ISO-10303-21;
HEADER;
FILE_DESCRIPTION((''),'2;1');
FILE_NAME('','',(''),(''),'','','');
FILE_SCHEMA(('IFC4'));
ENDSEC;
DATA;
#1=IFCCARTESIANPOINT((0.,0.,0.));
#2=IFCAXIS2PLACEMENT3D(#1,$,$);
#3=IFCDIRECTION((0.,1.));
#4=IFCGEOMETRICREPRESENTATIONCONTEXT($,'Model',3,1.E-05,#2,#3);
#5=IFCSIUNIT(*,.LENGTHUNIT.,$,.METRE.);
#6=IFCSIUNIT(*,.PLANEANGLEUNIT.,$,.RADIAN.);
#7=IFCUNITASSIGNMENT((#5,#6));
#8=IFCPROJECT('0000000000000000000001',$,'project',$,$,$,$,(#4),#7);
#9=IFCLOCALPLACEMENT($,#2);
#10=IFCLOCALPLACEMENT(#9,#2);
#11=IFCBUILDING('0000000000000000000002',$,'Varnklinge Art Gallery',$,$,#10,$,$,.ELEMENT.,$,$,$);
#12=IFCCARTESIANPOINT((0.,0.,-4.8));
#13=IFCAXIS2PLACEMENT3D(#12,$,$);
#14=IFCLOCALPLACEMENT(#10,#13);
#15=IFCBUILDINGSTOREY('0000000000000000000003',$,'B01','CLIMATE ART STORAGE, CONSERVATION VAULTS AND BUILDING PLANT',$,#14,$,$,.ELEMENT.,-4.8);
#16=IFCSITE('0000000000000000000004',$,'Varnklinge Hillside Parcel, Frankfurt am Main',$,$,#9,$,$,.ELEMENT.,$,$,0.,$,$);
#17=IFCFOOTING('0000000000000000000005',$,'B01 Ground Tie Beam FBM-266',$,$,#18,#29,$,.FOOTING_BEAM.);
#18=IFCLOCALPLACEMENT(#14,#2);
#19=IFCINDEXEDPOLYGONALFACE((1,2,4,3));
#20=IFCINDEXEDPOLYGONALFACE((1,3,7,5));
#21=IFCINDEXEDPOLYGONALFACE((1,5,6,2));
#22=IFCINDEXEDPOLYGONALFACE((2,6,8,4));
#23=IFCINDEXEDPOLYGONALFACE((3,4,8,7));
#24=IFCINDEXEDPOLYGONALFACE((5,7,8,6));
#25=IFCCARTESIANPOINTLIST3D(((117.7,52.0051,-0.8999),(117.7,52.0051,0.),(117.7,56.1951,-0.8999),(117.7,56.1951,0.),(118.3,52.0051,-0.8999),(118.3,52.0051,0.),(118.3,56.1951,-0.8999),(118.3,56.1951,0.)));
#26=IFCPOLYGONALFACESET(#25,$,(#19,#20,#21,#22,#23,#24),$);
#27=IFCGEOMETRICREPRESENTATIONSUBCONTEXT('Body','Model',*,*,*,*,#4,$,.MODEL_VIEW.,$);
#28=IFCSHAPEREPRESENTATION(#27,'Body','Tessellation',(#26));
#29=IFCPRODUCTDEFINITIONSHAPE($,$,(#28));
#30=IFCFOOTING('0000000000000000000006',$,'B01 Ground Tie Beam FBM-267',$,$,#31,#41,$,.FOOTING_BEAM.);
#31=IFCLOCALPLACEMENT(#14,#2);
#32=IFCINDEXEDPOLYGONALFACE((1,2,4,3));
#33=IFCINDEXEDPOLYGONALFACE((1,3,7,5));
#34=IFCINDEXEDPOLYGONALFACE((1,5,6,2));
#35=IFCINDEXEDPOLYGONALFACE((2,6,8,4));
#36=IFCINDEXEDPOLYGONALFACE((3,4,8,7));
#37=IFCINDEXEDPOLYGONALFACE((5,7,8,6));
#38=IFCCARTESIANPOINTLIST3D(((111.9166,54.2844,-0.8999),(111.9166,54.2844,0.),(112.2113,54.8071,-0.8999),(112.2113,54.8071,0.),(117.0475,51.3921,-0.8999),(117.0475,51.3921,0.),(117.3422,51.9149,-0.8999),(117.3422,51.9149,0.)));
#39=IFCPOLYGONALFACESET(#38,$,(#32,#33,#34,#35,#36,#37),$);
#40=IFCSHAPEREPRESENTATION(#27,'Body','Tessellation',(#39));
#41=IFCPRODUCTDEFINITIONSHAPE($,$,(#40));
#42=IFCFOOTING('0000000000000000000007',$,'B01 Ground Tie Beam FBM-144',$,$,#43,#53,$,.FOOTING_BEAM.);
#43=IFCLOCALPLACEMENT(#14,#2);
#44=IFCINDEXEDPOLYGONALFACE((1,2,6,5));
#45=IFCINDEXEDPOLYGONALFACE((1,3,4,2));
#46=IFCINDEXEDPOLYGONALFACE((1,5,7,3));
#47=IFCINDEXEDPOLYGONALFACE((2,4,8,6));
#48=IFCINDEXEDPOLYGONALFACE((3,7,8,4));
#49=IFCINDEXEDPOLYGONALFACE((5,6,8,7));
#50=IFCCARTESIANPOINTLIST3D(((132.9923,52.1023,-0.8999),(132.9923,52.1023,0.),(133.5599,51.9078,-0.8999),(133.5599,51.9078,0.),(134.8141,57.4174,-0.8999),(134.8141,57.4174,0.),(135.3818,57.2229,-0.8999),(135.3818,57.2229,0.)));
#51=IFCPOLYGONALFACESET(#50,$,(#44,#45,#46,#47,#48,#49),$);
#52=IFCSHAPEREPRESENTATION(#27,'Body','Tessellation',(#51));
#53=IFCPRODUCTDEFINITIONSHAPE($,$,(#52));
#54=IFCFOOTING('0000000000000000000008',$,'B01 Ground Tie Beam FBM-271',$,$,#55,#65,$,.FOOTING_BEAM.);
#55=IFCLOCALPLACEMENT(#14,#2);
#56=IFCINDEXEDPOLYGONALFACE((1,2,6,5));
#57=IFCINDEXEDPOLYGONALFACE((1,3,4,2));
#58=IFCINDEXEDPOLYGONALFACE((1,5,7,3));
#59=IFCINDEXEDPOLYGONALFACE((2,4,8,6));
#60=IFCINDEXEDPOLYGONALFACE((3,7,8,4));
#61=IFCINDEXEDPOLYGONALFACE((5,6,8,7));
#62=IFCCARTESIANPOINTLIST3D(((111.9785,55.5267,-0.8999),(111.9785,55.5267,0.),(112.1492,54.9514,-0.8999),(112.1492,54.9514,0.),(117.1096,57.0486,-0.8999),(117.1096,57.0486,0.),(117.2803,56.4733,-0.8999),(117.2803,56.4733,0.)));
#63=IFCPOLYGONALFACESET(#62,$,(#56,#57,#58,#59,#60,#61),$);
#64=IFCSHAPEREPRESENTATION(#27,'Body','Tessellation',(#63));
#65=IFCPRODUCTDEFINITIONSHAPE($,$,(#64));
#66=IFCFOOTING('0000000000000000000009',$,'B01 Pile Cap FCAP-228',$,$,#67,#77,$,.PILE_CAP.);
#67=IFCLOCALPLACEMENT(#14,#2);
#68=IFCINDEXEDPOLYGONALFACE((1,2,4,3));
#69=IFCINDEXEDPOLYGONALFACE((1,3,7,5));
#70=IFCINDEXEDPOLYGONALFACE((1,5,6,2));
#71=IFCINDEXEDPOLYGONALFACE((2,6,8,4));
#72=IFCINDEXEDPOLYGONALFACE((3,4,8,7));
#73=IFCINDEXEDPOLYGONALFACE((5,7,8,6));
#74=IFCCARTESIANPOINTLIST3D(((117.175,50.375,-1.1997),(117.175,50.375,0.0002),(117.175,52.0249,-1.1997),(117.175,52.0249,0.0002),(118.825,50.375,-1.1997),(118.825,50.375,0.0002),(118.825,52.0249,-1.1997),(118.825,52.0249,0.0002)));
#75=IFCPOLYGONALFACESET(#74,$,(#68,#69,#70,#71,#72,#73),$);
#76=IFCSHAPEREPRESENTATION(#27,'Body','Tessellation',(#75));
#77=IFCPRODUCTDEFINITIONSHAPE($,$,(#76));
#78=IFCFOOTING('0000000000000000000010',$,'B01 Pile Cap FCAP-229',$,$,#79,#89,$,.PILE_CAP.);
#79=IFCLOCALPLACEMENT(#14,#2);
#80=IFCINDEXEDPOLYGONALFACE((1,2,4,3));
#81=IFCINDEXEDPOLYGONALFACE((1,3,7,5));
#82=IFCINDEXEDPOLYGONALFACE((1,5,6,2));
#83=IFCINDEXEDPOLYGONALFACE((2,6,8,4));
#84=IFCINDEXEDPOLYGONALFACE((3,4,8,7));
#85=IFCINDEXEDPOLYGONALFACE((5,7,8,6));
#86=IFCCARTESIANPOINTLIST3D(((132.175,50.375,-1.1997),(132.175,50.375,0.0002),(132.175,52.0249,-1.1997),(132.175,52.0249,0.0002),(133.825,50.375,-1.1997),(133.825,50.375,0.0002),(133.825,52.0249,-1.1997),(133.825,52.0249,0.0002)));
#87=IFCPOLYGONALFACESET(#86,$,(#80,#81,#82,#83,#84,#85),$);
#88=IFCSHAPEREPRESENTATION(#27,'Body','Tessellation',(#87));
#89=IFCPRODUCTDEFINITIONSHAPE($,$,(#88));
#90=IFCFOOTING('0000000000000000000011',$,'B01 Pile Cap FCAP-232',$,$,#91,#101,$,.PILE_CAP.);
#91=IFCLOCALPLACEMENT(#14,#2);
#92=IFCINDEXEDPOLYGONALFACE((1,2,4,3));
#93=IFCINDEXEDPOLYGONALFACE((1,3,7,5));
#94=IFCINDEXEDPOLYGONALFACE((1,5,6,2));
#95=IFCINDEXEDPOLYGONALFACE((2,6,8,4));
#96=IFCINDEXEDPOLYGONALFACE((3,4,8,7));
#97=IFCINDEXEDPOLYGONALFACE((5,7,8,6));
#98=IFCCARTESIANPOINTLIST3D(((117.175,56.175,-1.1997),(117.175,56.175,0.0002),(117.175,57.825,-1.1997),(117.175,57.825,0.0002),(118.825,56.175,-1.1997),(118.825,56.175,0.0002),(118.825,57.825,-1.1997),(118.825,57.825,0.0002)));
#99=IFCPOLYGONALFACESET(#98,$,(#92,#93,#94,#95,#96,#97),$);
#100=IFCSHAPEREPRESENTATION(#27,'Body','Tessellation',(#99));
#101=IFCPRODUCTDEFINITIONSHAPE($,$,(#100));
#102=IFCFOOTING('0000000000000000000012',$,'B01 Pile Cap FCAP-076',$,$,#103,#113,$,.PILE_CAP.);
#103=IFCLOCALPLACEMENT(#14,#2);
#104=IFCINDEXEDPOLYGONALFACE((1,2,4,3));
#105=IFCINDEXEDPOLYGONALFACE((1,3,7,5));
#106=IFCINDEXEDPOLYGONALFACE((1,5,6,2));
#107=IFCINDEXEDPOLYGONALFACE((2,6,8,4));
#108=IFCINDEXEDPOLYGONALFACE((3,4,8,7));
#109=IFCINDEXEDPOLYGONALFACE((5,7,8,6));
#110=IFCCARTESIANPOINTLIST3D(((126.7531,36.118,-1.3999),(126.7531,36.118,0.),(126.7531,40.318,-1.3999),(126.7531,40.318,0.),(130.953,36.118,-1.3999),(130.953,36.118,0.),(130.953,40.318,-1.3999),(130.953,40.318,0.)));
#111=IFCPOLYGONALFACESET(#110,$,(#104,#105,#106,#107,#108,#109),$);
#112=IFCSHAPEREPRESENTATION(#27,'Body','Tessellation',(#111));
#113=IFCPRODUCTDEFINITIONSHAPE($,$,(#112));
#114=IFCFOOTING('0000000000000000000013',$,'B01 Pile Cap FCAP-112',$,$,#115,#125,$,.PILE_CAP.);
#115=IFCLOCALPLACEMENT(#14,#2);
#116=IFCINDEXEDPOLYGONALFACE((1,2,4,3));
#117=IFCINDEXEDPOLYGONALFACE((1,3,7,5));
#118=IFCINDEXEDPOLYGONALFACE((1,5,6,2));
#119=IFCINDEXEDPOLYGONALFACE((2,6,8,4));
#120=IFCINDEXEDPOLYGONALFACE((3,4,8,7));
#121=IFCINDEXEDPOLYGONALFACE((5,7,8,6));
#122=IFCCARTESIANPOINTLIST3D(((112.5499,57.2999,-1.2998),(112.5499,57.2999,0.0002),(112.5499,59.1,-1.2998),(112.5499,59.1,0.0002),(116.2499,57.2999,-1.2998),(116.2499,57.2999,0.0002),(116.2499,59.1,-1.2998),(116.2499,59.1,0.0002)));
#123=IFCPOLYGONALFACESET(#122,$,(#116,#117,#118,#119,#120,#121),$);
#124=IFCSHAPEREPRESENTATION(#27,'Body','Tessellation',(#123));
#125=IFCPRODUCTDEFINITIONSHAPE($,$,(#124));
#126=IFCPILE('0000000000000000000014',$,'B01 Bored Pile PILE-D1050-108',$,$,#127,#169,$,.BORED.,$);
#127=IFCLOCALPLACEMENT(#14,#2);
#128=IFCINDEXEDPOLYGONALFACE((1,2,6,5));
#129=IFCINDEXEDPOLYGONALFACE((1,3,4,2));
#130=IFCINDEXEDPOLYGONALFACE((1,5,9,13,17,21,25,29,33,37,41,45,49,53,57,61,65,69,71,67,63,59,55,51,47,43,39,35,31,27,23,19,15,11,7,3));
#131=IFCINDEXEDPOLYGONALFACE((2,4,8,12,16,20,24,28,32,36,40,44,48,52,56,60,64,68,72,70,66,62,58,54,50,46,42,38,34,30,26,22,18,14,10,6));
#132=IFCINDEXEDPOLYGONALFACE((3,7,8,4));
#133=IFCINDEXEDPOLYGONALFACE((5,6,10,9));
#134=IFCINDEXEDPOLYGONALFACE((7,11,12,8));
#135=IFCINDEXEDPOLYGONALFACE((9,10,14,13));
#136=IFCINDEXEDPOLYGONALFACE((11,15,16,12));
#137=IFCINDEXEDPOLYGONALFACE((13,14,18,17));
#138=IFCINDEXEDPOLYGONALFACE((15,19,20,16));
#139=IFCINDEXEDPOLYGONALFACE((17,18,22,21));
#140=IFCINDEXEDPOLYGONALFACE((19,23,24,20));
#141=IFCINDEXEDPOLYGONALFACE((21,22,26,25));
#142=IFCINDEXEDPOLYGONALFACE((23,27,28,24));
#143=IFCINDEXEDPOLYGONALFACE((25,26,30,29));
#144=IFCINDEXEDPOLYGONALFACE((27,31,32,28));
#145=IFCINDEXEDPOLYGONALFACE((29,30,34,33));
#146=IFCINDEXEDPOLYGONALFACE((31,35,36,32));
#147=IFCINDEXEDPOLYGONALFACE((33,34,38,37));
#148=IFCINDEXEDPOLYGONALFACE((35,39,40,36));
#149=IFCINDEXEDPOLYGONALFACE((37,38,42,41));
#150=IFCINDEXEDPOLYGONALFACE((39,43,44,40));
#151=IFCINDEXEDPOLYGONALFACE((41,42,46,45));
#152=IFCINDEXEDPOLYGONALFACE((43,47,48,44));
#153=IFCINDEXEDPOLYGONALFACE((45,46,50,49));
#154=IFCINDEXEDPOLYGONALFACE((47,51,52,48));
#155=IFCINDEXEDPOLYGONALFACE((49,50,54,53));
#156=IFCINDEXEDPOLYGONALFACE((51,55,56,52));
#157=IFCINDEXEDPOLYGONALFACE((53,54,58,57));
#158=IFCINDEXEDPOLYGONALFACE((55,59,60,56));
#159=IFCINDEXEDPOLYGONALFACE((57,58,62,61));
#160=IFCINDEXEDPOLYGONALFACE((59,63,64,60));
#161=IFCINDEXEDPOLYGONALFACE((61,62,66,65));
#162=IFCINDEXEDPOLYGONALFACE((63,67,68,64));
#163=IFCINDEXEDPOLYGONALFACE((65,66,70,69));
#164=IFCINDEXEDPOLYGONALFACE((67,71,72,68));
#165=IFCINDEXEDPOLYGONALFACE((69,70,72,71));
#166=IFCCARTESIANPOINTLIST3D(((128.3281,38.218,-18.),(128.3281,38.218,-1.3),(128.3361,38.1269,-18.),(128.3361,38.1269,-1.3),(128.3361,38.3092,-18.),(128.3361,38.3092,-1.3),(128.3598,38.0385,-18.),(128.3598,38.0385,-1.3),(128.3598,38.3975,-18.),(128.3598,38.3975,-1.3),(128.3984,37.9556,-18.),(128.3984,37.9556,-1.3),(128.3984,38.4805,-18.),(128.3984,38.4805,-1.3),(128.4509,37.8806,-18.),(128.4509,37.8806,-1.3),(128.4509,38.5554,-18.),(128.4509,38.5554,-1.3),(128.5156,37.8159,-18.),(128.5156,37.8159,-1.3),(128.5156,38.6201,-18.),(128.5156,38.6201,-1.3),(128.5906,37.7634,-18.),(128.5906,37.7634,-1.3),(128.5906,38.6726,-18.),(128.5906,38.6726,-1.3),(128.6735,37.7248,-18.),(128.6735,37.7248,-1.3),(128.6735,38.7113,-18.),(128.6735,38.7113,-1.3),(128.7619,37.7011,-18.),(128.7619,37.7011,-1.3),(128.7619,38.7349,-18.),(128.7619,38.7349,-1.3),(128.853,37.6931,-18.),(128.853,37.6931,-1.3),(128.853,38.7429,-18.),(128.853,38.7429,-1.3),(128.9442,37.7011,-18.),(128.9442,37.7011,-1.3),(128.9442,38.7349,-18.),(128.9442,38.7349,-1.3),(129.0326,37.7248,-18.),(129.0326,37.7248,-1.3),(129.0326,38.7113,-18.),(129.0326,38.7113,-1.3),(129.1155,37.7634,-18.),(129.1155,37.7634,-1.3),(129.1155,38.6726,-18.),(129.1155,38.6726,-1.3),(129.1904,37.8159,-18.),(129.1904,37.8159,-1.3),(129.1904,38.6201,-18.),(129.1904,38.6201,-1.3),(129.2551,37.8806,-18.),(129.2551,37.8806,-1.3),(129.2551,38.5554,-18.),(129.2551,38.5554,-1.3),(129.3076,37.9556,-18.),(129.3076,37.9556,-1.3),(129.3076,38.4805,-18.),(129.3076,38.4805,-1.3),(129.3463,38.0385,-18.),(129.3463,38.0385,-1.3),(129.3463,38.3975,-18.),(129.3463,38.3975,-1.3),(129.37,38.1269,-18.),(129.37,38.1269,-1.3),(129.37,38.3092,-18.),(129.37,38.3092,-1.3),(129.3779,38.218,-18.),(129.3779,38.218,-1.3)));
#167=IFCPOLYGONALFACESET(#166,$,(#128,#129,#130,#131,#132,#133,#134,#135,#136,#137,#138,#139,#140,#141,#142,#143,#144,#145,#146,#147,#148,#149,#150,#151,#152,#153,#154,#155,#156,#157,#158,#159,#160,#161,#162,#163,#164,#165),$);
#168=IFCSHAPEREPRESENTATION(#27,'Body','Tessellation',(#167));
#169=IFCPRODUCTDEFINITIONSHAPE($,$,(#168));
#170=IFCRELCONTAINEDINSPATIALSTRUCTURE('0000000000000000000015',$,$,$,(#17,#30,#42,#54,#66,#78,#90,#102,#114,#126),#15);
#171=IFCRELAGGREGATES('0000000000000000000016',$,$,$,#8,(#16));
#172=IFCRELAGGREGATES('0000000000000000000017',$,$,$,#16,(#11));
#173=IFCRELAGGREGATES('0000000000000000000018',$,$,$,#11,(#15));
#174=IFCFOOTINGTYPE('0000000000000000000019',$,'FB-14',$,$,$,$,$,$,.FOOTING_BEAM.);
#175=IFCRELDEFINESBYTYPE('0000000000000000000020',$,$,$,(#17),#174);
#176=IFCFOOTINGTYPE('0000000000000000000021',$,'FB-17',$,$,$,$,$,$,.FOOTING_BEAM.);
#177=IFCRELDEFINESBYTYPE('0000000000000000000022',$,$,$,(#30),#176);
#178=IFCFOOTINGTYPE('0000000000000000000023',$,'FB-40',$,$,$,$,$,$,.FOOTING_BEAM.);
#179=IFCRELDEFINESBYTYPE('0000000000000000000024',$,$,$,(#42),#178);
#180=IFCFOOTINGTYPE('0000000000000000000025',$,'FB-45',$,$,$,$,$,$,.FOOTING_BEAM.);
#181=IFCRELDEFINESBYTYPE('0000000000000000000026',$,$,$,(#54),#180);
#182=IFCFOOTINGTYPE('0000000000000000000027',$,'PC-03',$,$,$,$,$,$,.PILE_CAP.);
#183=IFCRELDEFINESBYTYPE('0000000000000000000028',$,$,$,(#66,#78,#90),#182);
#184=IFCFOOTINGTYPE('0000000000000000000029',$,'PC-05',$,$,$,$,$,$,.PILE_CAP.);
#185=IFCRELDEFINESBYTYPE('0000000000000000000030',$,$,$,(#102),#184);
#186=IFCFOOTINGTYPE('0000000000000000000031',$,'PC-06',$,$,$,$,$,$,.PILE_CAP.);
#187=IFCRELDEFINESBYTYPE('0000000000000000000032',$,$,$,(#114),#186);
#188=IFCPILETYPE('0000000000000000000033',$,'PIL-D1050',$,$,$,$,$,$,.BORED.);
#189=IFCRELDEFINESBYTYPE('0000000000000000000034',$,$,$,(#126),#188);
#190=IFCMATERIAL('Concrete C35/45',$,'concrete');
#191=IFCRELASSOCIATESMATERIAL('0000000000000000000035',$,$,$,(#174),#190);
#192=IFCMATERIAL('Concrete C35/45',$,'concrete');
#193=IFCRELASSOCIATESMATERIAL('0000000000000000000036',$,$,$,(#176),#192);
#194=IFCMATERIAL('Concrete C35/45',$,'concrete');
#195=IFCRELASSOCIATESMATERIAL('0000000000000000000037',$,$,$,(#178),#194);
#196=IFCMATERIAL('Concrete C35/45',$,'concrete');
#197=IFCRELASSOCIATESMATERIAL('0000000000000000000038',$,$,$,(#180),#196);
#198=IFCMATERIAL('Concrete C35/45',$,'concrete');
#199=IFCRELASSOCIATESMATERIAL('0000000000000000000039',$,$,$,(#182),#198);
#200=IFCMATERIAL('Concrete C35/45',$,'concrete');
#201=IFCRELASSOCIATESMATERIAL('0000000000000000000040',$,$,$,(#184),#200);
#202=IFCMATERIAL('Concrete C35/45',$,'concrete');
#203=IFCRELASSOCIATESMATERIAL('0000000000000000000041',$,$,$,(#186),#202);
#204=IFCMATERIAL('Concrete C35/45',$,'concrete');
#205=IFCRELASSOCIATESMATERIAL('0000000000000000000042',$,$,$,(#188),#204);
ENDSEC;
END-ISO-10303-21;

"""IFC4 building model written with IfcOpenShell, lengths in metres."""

from ifc_helpers import new_model, si_unit, direction, frame, origin, origin_2d, place, context, subcontext, project, spatial, rectangle, circle, extrude, material, material_profile, profile_set, type_object, element, save


model = new_model("IFC4")

# Units and contexts
model_context = context("Model", 3, precision=1e-05, world=origin(), true_north=direction((0.0, 1.0)))
body_context = subcontext(model_context, "Body", "Model", "MODEL_VIEW")
ifc_project = project(units=[si_unit("LENGTHUNIT", "METRE"), si_unit("PLANEANGLEUNIT", "RADIAN")], contexts=[model_context])

# Site, building, storey
site_placement = place(None, origin())
site = spatial("IfcSite", under=ifc_project, at=site_placement, Name="Varnklinge Hillside Parcel, Frankfurt am Main", CompositionType="ELEMENT", RefElevation=0.0)
building_placement = place(site_placement, origin())
building = spatial("IfcBuilding", under=site, at=building_placement, Name="Varnklinge Art Gallery", CompositionType="ELEMENT")
storey_placement = place(building_placement, frame((0.0, 0.0, -4.8)))
storey = spatial("IfcBuildingStorey", under=building, at=storey_placement, Name="B01", Description="CLIMATE ART STORAGE, CONSERVATION VAULTS AND BUILDING PLANT", CompositionType="ELEMENT", Elevation=-4.8)

# Footings
ifc_material_1 = material(Name="Concrete C35/45", Category="concrete")
footing_type_1 = type_object("IfcFootingType", Name="FB-14", PredefinedType="FOOTING_BEAM", material=ifc_material_1)
footing_1_placement = place(storey_placement, frame((118.0, 54.1001, -0.8999), z_axis=(0.0, 0.0, 1.0), x_axis=(0.0, 1.0, 0.0)))
element("IfcFooting", 1, at=footing_1_placement, inside=storey, type_object=footing_type_1, Name="B01 Ground Tie Beam FBM-266", PredefinedType="FOOTING_BEAM", context=body_context, shape_type="SweptSolid", body=[
    extrude(rectangle(XDim=4.1899, YDim=0.6001, at=origin_2d()), origin(), (0.0, 0.0, 1.0), 0.8999),
])
ifc_material_2 = material(Name="Concrete C35/45", Category="concrete")
footing_type_2 = type_object("IfcFootingType", Name="FB-17", PredefinedType="FOOTING_BEAM", material=ifc_material_2)
footing_2_placement = place(storey_placement, frame((114.6294, 53.0996, -0.8999), z_axis=(0.0, 0.0, 1.0), x_axis=(-0.871128, 0.491056, 0.0)))
element("IfcFooting", 2, at=footing_2_placement, inside=storey, type_object=footing_type_2, Name="B01 Ground Tie Beam FBM-267", PredefinedType="FOOTING_BEAM", context=body_context, shape_type="SweptSolid", body=[
    extrude(rectangle(XDim=5.8899, YDim=0.6001, at=origin_2d()), origin(), (0.0, 0.0, 1.0), 0.8999),
])
ifc_material_3 = material(Name="Concrete C35/45", Category="concrete")
footing_type_3 = type_object("IfcFootingType", Name="FB-40", PredefinedType="FOOTING_BEAM", material=ifc_material_3)
footing_3_placement = place(storey_placement, frame((134.187, 54.6626, -0.8999), z_axis=(0.0, 0.0, 1.0), x_axis=(-0.324248, -0.945972, 0.0)))
element("IfcFooting", 3, at=footing_3_placement, inside=storey, type_object=footing_type_3, Name="B01 Ground Tie Beam FBM-144", PredefinedType="FOOTING_BEAM", context=body_context, shape_type="SweptSolid", body=[
    extrude(rectangle(XDim=5.6187, YDim=0.6001, at=origin_2d()), origin(), (0.0, 0.0, 1.0), 0.8999),
])
ifc_material_4 = material(Name="Concrete C35/45", Category="concrete")
footing_type_4 = type_object("IfcFootingType", Name="FB-45", PredefinedType="FOOTING_BEAM", material=ifc_material_4)
footing_4_placement = place(storey_placement, frame((114.6294, 56.0, -0.8999), z_axis=(0.0, 0.0, 1.0), x_axis=(-0.958721, -0.28435, 0.0)))
element("IfcFooting", 4, at=footing_4_placement, inside=storey, type_object=footing_type_4, Name="B01 Ground Tie Beam FBM-271", PredefinedType="FOOTING_BEAM", context=body_context, shape_type="SweptSolid", body=[
    extrude(rectangle(XDim=5.3521, YDim=0.6001, at=origin_2d()), origin(), (0.0, 0.0, 1.0), 0.8999),
])
ifc_material_5 = material(Name="Concrete C35/45", Category="concrete")
footing_type_5 = type_object("IfcFootingType", Name="PC-03", PredefinedType="PILE_CAP", material=ifc_material_5)
for number, where, z_axis, x_axis, name in (
    (5, (118.0, 51.2, -1.1997), (0.0, 0.0, 1.0), (1.0, 0.0, 0.0), "B01 Pile Cap FCAP-228"),
    (6, (133.0, 51.2, -1.1997), (0.0, 0.0, 1.0), (1.0, 0.0, 0.0), "B01 Pile Cap FCAP-229"),
    (7, (118.0, 57.0, -1.1997), (0.0, 0.0, 1.0), (1.0, 0.0, 0.0), "B01 Pile Cap FCAP-232"),
):
    element("IfcFooting", number, at=place(storey_placement, frame(where, z_axis=z_axis, x_axis=x_axis)), inside=storey, type_object=footing_type_5, Name=name, PredefinedType="PILE_CAP", context=body_context, shape_type="SweptSolid", body=[
        extrude(rectangle(XDim=1.6499, YDim=1.6499, at=origin_2d()), origin(), (0.0, 0.0, 1.0), 1.2),
    ])
ifc_material_6 = material(Name="Concrete C35/45", Category="concrete")
footing_type_6 = type_object("IfcFootingType", Name="PC-05", PredefinedType="PILE_CAP", material=ifc_material_6)
footing_5_placement = place(storey_placement, frame((128.853, 38.218, -1.3999), z_axis=(0.0, 0.0, 1.0), x_axis=(1.0, 0.0, 0.0)))
element("IfcFooting", 8, at=footing_5_placement, inside=storey, type_object=footing_type_6, Name="B01 Pile Cap FCAP-076", PredefinedType="PILE_CAP", context=body_context, shape_type="SweptSolid", body=[
    extrude(rectangle(XDim=4.2, YDim=4.2, at=origin_2d()), origin(), (0.0, 0.0, 1.0), 1.3999),
])
ifc_material_7 = material(Name="Concrete C35/45", Category="concrete")
footing_type_7 = type_object("IfcFootingType", Name="PC-06", PredefinedType="PILE_CAP", material=ifc_material_7)
footing_6_placement = place(storey_placement, frame((114.3999, 58.2, -1.2998), z_axis=(0.0, 0.0, 1.0), x_axis=(1.0, 0.0, 0.0)))
element("IfcFooting", 9, at=footing_6_placement, inside=storey, type_object=footing_type_7, Name="B01 Pile Cap FCAP-112", PredefinedType="PILE_CAP", context=body_context, shape_type="SweptSolid", body=[
    extrude(rectangle(XDim=3.7, YDim=1.8, at=origin_2d()), origin(), (0.0, 0.0, 1.0), 1.3),
])

# Pile
ifc_material_8 = material(Name="Concrete C35/45", Category="concrete")
ifc_material_profile_1 = material_profile(ifc_material_8, circle(Radius=0.5249, at=origin_2d()), Name="PILE D1050")
ifc_profile_set_1 = profile_set([ifc_material_profile_1], Name="Concrete C35/45")
pile_type_1 = type_object("IfcPileType", Name="PIL-D1050", PredefinedType="BORED", material=ifc_profile_set_1)
pile_1_placement = place(storey_placement, frame((128.853, 38.218, -1.3), z_axis=(0.0, 0.0, -1.0), x_axis=(1.0, 0.0, 0.0)))
element("IfcPile", 10, at=pile_1_placement, inside=storey, type_object=pile_type_1, Name="B01 Bored Pile PILE-D1050-108", PredefinedType="BORED", context=body_context, shape_type="SweptSolid", body=[
    extrude(circle(Radius=0.5249, at=origin_2d()), origin(), (0.0, 0.0, 1.0), 16.7),
])

save(model, "model.ifc")
